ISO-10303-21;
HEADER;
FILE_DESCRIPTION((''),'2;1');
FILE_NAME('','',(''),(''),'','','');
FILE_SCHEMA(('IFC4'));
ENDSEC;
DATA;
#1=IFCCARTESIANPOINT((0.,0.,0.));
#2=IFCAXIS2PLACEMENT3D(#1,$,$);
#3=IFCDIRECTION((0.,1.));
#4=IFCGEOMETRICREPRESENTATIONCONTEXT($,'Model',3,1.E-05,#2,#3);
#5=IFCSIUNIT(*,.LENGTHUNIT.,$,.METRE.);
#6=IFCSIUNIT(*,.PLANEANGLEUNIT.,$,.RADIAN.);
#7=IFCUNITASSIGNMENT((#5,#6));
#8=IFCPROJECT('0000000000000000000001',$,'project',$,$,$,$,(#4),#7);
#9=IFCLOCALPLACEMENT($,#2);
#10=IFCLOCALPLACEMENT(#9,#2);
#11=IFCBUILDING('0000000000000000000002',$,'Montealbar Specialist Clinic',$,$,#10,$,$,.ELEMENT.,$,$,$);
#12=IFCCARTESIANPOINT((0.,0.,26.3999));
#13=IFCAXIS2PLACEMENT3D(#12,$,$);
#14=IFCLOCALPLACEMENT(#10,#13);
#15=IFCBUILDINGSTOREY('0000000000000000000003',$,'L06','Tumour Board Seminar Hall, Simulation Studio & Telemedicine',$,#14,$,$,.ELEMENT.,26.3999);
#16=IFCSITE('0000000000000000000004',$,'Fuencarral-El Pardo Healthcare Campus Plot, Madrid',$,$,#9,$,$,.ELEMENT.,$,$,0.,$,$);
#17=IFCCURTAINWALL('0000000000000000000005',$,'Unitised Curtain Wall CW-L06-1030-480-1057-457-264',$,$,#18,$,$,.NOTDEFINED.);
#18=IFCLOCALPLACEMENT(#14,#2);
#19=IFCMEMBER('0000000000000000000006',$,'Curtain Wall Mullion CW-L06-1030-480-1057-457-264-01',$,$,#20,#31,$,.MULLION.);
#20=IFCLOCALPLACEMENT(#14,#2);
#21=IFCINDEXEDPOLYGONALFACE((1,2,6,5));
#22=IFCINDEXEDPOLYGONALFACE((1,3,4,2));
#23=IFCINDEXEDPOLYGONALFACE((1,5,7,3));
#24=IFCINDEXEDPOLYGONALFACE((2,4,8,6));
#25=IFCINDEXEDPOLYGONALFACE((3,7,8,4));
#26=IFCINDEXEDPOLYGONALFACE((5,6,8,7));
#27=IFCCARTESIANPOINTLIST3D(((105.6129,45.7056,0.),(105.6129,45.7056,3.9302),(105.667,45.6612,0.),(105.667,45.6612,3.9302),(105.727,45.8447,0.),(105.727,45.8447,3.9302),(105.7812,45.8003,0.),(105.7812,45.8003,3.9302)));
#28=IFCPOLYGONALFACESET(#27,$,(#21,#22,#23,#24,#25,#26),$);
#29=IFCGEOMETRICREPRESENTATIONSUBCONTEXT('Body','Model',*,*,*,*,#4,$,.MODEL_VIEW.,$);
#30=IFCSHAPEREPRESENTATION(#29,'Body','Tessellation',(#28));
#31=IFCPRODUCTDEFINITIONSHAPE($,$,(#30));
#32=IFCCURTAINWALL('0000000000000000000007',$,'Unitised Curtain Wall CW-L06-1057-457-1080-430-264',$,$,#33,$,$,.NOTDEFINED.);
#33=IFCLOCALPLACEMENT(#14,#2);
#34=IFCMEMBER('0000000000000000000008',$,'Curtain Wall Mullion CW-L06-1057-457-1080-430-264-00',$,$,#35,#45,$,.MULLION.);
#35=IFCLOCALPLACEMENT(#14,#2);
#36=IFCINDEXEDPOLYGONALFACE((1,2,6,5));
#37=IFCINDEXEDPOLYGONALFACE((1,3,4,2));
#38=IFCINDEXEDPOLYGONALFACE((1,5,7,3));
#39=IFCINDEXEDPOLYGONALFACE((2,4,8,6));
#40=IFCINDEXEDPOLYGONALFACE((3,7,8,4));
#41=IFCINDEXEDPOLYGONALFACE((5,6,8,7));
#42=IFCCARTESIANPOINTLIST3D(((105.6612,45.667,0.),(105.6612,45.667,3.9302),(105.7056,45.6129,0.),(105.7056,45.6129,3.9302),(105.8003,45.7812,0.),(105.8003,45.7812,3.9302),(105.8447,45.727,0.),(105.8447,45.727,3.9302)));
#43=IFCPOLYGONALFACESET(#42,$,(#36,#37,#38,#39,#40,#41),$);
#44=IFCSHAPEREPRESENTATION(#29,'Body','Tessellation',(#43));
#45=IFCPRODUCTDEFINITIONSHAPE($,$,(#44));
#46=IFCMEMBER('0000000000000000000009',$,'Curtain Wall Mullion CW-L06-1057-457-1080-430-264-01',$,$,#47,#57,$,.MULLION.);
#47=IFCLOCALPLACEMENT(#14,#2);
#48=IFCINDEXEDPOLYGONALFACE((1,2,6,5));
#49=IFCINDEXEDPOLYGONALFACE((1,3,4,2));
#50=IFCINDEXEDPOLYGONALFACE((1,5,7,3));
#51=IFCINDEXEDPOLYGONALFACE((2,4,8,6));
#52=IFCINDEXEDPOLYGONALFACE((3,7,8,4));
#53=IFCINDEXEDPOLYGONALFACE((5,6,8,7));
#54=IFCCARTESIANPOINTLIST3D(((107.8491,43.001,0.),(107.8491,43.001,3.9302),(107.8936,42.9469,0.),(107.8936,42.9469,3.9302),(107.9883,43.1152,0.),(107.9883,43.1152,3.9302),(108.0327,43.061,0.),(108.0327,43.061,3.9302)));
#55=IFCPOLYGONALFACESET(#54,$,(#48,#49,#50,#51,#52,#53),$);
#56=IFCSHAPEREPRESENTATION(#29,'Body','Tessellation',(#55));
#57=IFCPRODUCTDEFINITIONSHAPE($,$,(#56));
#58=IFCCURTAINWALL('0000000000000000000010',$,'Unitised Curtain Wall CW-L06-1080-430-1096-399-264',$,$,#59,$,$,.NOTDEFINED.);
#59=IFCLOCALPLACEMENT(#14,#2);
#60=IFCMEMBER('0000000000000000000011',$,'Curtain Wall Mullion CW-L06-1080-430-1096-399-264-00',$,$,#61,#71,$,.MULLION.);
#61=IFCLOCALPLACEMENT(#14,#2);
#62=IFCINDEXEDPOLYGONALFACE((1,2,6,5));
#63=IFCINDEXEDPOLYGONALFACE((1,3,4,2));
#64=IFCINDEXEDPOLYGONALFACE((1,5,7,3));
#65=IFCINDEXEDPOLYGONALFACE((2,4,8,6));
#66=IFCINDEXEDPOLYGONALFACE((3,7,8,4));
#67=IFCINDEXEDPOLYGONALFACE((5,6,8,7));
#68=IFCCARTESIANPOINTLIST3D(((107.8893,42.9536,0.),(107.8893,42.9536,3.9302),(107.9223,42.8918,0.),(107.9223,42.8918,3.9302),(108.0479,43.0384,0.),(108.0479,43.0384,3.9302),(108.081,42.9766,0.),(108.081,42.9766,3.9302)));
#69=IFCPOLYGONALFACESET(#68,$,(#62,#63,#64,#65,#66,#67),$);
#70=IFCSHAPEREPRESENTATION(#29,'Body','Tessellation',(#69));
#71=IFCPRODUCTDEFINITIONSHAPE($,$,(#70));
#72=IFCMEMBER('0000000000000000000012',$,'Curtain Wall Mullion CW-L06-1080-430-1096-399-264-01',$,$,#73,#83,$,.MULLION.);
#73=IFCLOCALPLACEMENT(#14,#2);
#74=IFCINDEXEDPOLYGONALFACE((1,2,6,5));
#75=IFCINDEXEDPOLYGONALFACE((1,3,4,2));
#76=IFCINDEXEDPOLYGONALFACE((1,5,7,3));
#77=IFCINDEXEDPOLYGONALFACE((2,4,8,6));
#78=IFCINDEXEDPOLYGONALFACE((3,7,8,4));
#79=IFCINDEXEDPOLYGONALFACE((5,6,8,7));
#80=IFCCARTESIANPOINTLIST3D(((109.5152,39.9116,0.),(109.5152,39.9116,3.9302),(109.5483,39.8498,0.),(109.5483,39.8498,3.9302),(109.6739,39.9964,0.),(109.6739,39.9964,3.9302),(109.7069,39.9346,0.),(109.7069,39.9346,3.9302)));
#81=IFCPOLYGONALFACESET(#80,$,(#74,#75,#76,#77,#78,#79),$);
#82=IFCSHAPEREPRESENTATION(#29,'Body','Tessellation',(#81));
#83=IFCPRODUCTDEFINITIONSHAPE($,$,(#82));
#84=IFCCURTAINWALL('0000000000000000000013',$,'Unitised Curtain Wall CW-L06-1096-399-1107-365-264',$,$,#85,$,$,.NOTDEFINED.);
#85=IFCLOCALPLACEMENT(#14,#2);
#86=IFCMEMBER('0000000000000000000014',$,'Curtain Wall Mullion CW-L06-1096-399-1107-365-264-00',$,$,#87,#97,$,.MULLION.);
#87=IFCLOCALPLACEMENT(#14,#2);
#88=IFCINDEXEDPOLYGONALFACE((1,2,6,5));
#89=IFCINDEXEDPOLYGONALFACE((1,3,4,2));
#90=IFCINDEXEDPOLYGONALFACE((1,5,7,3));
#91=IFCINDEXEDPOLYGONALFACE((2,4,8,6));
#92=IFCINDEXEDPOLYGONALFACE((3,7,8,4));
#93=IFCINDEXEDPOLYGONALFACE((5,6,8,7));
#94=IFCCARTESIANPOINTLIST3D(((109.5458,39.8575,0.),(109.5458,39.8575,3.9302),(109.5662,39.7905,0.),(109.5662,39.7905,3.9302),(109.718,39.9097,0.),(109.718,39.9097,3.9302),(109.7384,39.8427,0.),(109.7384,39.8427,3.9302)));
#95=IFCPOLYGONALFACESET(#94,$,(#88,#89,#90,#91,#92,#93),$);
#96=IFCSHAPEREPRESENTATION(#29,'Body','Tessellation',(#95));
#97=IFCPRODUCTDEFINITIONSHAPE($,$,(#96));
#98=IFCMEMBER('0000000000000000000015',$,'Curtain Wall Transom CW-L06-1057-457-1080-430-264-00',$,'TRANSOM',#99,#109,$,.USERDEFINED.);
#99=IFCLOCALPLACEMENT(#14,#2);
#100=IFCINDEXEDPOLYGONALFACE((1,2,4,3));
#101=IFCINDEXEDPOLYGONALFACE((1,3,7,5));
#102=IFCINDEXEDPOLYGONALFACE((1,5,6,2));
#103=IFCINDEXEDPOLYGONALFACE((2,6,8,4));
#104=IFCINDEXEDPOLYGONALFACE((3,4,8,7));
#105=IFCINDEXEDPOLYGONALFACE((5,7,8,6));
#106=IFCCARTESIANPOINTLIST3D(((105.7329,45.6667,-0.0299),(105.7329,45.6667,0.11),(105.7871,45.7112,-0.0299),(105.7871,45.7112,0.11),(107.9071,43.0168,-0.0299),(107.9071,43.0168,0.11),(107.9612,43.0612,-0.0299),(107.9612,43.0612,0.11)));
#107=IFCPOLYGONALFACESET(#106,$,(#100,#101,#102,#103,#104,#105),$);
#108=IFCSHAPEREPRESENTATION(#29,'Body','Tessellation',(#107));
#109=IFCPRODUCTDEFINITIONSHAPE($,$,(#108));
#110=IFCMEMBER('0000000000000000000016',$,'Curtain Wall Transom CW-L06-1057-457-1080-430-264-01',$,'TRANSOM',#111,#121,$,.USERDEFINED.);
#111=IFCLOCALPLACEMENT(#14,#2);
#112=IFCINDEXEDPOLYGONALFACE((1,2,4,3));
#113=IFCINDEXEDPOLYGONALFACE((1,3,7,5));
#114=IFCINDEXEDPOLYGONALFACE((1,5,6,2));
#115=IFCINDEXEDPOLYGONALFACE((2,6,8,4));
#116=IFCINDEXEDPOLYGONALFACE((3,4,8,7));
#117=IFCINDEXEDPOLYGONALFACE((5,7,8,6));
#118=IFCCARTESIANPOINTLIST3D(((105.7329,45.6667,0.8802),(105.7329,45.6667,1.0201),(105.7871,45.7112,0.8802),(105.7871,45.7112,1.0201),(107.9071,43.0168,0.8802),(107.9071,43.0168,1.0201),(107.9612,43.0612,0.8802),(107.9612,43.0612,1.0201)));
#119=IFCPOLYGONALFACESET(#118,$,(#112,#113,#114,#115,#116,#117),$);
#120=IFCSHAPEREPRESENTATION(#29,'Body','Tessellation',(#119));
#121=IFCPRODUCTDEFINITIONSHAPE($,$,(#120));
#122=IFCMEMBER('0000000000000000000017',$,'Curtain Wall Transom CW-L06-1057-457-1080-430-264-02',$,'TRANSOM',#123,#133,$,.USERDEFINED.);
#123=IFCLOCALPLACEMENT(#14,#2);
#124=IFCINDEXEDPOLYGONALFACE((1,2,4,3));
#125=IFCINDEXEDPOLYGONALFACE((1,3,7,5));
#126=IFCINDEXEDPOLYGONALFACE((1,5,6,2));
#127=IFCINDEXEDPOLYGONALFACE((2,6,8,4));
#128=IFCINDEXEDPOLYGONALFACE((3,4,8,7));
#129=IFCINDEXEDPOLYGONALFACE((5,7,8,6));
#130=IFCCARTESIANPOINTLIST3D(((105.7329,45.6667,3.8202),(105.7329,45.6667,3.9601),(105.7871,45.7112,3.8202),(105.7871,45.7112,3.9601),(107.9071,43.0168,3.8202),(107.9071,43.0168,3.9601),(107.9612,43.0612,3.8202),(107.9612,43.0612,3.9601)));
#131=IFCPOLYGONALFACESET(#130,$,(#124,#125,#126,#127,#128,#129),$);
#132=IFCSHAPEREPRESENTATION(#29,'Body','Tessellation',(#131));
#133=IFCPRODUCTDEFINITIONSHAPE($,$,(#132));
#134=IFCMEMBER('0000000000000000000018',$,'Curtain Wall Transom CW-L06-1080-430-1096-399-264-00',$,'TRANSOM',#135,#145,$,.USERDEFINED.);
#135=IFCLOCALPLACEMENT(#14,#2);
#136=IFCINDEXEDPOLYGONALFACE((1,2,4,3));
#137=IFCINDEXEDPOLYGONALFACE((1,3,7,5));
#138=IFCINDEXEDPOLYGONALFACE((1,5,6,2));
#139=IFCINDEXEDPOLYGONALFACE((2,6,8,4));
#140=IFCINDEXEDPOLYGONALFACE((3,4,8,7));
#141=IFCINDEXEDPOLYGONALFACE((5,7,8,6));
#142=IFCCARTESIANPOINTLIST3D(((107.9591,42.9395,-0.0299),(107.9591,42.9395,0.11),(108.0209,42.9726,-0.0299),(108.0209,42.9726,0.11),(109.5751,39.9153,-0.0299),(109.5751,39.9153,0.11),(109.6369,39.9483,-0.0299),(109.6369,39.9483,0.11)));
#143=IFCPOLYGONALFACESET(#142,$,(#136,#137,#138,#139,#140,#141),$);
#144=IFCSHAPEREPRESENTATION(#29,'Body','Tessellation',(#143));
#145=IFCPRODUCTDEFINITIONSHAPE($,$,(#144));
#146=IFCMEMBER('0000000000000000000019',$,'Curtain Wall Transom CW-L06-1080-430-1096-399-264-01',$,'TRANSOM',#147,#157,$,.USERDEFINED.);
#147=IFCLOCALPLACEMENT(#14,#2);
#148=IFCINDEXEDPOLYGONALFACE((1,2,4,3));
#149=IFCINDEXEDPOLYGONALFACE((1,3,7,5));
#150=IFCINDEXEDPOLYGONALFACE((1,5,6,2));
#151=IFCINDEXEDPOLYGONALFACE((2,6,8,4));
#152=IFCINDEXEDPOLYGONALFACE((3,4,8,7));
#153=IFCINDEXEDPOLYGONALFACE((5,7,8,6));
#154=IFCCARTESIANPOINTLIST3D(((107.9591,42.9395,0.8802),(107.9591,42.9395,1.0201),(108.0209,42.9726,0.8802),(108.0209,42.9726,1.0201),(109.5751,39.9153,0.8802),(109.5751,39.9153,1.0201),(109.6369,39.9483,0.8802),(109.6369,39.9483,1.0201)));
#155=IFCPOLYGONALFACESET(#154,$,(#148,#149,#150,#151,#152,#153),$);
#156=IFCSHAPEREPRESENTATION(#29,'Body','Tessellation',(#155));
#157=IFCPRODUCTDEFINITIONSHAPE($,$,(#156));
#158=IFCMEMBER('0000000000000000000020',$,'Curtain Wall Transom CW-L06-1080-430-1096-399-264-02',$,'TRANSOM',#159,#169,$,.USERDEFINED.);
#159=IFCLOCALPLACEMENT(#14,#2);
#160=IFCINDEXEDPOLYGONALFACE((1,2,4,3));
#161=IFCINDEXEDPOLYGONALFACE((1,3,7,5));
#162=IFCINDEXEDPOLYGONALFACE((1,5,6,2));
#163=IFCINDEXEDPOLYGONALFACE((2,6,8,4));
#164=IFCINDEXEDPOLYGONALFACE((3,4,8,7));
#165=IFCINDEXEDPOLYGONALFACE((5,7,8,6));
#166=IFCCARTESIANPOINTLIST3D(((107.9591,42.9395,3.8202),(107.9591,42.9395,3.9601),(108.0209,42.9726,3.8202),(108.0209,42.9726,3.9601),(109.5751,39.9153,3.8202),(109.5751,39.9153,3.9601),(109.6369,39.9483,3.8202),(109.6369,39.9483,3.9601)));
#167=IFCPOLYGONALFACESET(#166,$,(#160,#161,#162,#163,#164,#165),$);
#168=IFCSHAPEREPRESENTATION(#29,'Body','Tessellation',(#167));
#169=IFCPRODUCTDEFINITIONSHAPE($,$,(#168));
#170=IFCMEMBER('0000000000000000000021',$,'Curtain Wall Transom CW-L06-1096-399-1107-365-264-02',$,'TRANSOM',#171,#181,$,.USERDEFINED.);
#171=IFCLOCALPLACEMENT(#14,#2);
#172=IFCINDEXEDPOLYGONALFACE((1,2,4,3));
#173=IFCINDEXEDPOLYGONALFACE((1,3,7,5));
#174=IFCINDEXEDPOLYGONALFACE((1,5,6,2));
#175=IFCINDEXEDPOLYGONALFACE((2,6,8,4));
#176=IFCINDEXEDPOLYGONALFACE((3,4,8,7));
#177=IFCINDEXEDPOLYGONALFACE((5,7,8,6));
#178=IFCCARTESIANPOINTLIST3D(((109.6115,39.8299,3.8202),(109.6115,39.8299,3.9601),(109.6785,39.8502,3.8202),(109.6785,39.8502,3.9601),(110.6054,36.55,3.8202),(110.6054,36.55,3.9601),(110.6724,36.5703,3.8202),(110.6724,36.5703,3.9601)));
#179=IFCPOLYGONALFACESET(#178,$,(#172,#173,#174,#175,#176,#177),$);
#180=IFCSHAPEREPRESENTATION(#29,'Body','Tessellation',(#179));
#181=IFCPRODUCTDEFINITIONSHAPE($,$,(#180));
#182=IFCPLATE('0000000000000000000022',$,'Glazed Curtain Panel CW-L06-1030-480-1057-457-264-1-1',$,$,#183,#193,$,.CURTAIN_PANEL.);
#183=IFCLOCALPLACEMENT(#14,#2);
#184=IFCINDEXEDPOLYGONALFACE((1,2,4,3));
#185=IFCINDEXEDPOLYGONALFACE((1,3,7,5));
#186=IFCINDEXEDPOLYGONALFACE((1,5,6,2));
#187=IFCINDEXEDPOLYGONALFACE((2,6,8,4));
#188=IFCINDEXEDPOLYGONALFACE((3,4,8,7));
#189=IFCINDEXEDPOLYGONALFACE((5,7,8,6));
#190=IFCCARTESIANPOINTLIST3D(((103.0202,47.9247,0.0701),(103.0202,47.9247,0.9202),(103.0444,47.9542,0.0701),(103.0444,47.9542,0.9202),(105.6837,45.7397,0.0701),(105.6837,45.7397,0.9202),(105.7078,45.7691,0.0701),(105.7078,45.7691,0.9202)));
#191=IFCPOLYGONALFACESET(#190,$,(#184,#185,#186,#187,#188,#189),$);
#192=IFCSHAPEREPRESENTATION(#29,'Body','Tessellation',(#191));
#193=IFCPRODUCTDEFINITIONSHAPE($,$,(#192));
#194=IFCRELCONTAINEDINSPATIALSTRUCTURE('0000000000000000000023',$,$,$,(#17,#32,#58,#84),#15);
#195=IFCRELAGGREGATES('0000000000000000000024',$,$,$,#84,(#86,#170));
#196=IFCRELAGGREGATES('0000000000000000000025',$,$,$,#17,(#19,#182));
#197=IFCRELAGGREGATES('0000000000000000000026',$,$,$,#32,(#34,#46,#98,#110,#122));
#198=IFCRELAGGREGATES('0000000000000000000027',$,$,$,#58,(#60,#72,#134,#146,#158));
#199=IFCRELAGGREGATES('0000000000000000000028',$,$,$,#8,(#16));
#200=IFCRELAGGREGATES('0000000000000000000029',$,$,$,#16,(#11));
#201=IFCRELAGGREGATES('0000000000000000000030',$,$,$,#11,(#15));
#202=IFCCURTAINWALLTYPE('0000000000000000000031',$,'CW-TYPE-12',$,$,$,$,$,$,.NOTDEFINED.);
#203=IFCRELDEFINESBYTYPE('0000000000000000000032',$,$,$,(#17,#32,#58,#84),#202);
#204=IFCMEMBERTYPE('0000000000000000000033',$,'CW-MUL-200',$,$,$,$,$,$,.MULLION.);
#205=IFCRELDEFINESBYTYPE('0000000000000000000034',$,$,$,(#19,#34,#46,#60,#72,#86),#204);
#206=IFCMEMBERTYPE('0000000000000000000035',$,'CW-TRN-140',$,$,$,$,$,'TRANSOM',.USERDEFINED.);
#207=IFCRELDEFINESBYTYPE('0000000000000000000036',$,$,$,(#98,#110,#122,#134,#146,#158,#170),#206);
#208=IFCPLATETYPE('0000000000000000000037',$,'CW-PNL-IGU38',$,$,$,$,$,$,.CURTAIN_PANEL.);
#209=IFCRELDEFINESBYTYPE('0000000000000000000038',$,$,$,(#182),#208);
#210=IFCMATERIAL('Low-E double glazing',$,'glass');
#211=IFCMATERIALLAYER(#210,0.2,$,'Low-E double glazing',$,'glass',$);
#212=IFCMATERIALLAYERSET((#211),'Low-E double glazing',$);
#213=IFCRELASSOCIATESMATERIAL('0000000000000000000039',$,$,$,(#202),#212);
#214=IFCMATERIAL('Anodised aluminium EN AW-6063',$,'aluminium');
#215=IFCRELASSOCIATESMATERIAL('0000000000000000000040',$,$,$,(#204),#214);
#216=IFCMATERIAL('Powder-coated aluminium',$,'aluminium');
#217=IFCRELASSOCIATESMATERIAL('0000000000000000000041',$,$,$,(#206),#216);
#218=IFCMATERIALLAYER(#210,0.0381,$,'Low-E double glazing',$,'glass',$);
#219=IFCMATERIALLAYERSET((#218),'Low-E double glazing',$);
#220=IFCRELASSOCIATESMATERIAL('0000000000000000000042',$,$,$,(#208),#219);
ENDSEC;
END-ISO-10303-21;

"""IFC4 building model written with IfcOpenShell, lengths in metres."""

from ifc_helpers import new_model, si_unit, direction, frame, origin, origin_2d, place, context, subcontext, project, spatial, rectangle, extrude, material, layer, layer_set, material_profile, profile_set, type_object, element, aggregate, save


model = new_model("IFC4")

# Units and contexts
model_context = context("Model", 3, precision=1e-05, world=origin(), true_north=direction((0.0, 1.0)))
body_context = subcontext(model_context, "Body", "Model", "MODEL_VIEW")
ifc_project = project(units=[si_unit("LENGTHUNIT", "METRE"), si_unit("PLANEANGLEUNIT", "RADIAN")], contexts=[model_context])

# Site, building, storey
site_placement = place(None, origin())
site = spatial("IfcSite", under=ifc_project, at=site_placement, Name="Fuencarral-El Pardo Healthcare Campus Plot, Madrid", CompositionType="ELEMENT", RefElevation=0.0)
building_placement = place(site_placement, origin())
building = spatial("IfcBuilding", under=site, at=building_placement, Name="Montealbar Specialist Clinic", CompositionType="ELEMENT")
storey_placement = place(building_placement, frame((0.0, 0.0, 26.3999)))
storey = spatial("IfcBuildingStorey", under=building, at=storey_placement, Name="L06", Description="Tumour Board Seminar Hall, Simulation Studio & Telemedicine", CompositionType="ELEMENT", Elevation=26.3999)

# Curtain wall, member
ifc_material_1 = material(Name="Low-E double glazing", Category="glass")
ifc_layer_1 = layer(ifc_material_1, 0.2, Name="Low-E double glazing", Category="glass")
ifc_layer_set_1 = layer_set([ifc_layer_1], Name="Low-E double glazing")
curtain_wall_type = type_object("IfcCurtainWallType", Name="CW-TYPE-12", PredefinedType="NOTDEFINED", material=ifc_layer_set_1)
curtain_wall_1_placement = place(storey_placement, origin())
curtain_wall_1 = element("IfcCurtainWall", 1, at=curtain_wall_1_placement, inside=storey, type_object=curtain_wall_type, Name="Unitised Curtain Wall CW-L06-1030-480-1057-457-264", PredefinedType="NOTDEFINED")
ifc_material_2 = material(Name="Anodised aluminium EN AW-6063", Category="aluminium")
ifc_material_profile_1 = material_profile(ifc_material_2, rectangle(XDim=0.0701, YDim=0.1799, at=origin_2d()), Name="ALU 70x180", Category="aluminium")
ifc_profile_set_1 = profile_set([ifc_material_profile_1], Name="Anodised aluminium EN AW-6063")
member_type_1 = type_object("IfcMemberType", Name="CW-MUL-200", PredefinedType="MULLION", material=ifc_profile_set_1)
member_1_placement = place(storey_placement, frame((105.697, 45.7529, 0.0), z_axis=(0.0, 0.0, 1.0), x_axis=(0.773123, -0.634256, 0.0)))
member_1 = element("IfcMember", 2, at=member_1_placement, type_object=member_type_1, Name="Curtain Wall Mullion CW-L06-1030-480-1057-457-264-01", PredefinedType="MULLION", context=body_context, shape_type="SweptSolid", body=[
    extrude(rectangle(XDim=0.0701, YDim=0.1799, at=origin_2d()), origin(), (0.0, 0.0, 1.0), 3.9302),
])

# Curtain walls, members
curtain_wall_2_placement = place(storey_placement, origin())
curtain_wall_2 = element("IfcCurtainWall", 3, at=curtain_wall_2_placement, inside=storey, type_object=curtain_wall_type, Name="Unitised Curtain Wall CW-L06-1057-457-1080-430-264", PredefinedType="NOTDEFINED")
member_2_placement = place(storey_placement, frame((105.7529, 45.697, 0.0), z_axis=(0.0, 0.0, 1.0), x_axis=(0.634256, -0.773123, 0.0)))
member_2 = element("IfcMember", 4, at=member_2_placement, type_object=member_type_1, Name="Curtain Wall Mullion CW-L06-1057-457-1080-430-264-00", PredefinedType="MULLION", context=body_context, shape_type="SweptSolid", body=[
    extrude(rectangle(XDim=0.0701, YDim=0.1799, at=origin_2d()), origin(), (0.0, 0.0, 1.0), 3.9302),
])
member_3_placement = place(storey_placement, frame((107.9409, 43.031, 0.0), z_axis=(0.0, 0.0, 1.0), x_axis=(0.634256, -0.773123, 0.0)))
member_3 = element("IfcMember", 5, at=member_3_placement, type_object=member_type_1, Name="Curtain Wall Mullion CW-L06-1057-457-1080-430-264-01", PredefinedType="MULLION", context=body_context, shape_type="SweptSolid", body=[
    extrude(rectangle(XDim=0.0701, YDim=0.1799, at=origin_2d()), origin(), (0.0, 0.0, 1.0), 3.9302),
])
curtain_wall_3_placement = place(storey_placement, origin())
curtain_wall_3 = element("IfcCurtainWall", 6, at=curtain_wall_3_placement, inside=storey, type_object=curtain_wall_type, Name="Unitised Curtain Wall CW-L06-1080-430-1096-399-264", PredefinedType="NOTDEFINED")
member_4_placement = place(storey_placement, frame((107.9851, 42.9651, 0.0), z_axis=(0.0, 0.0, 1.0), x_axis=(0.471529, -0.88185, 0.0)))
member_4 = element("IfcMember", 7, at=member_4_placement, type_object=member_type_1, Name="Curtain Wall Mullion CW-L06-1080-430-1096-399-264-00", PredefinedType="MULLION", context=body_context, shape_type="SweptSolid", body=[
    extrude(rectangle(XDim=0.0701, YDim=0.1799, at=origin_2d()), origin(), (0.0, 0.0, 1.0), 3.9302),
])
member_5_placement = place(storey_placement, frame((109.6111, 39.9231, 0.0), z_axis=(0.0, 0.0, 1.0), x_axis=(0.471529, -0.88185, 0.0)))
member_5 = element("IfcMember", 8, at=member_5_placement, type_object=member_type_1, Name="Curtain Wall Mullion CW-L06-1080-430-1096-399-264-01", PredefinedType="MULLION", context=body_context, shape_type="SweptSolid", body=[
    extrude(rectangle(XDim=0.0701, YDim=0.1799, at=origin_2d()), origin(), (0.0, 0.0, 1.0), 3.9302),
])

# Curtain wall, member
curtain_wall_4_placement = place(storey_placement, origin())
curtain_wall_4 = element("IfcCurtainWall", 9, at=curtain_wall_4_placement, inside=storey, type_object=curtain_wall_type, Name="Unitised Curtain Wall CW-L06-1096-399-1107-365-264", PredefinedType="NOTDEFINED")
member_6_placement = place(storey_placement, frame((109.6421, 39.8501, 0.0), z_axis=(0.0, 0.0, 1.0), x_axis=(0.290259, -0.956948, 0.0)))
member_6 = element("IfcMember", 10, at=member_6_placement, type_object=member_type_1, Name="Curtain Wall Mullion CW-L06-1096-399-1107-365-264-00", PredefinedType="MULLION", context=body_context, shape_type="SweptSolid", body=[
    extrude(rectangle(XDim=0.0701, YDim=0.1799, at=origin_2d()), origin(), (0.0, 0.0, 1.0), 3.9302),
])

# Members
ifc_material_3 = material(Name="Powder-coated aluminium", Category="aluminium")
ifc_material_profile_2 = material_profile(ifc_material_3, rectangle(XDim=0.0701, YDim=0.1399, at=origin_2d()), Name="ALU 70x140", Category="aluminium")
ifc_profile_set_2 = profile_set([ifc_material_profile_2], Name="Powder-coated aluminium")
member_type_2 = type_object("IfcMemberType", Name="CW-TRN-140", ElementType="TRANSOM", PredefinedType="USERDEFINED", material=ifc_profile_set_2)
member_7_placement = place(storey_placement, frame((105.76, 45.689, 0.04), z_axis=(0.634281, -0.773103, 0.0), x_axis=(0.773103, 0.634281, 0.0)))
member_7 = element("IfcMember", 11, at=member_7_placement, type_object=member_type_2, Name="Curtain Wall Transom CW-L06-1057-457-1080-430-264-00", ObjectType="TRANSOM", PredefinedType="USERDEFINED", context=body_context, shape_type="SweptSolid", body=[
    extrude(rectangle(XDim=0.0701, YDim=0.1399, at=origin_2d()), origin(), (0.0, 0.0, 1.0), 3.4277),
])
member_8_placement = place(storey_placement, frame((105.76, 45.689, 0.9502), z_axis=(0.634281, -0.773103, 0.0), x_axis=(0.773103, 0.634281, 0.0)))
member_8 = element("IfcMember", 12, at=member_8_placement, type_object=member_type_2, Name="Curtain Wall Transom CW-L06-1057-457-1080-430-264-01", ObjectType="TRANSOM", PredefinedType="USERDEFINED", context=body_context, shape_type="SweptSolid", body=[
    extrude(rectangle(XDim=0.0701, YDim=0.1399, at=origin_2d()), origin(), (0.0, 0.0, 1.0), 3.4277),
])
member_9_placement = place(storey_placement, frame((105.76, 45.689, 3.8901), z_axis=(0.634281, -0.773103, 0.0), x_axis=(0.773103, 0.634281, 0.0)))
member_9 = element("IfcMember", 13, at=member_9_placement, type_object=member_type_2, Name="Curtain Wall Transom CW-L06-1057-457-1080-430-264-02", ObjectType="TRANSOM", PredefinedType="USERDEFINED", context=body_context, shape_type="SweptSolid", body=[
    extrude(rectangle(XDim=0.0701, YDim=0.1399, at=origin_2d()), origin(), (0.0, 0.0, 1.0), 3.4277),
])
member_10_placement = place(storey_placement, frame((107.99, 42.9561, 0.04), z_axis=(0.471287, -0.88198, 0.0), x_axis=(0.88198, 0.471287, 0.0)))
member_10 = element("IfcMember", 14, at=member_10_placement, type_object=member_type_2, Name="Curtain Wall Transom CW-L06-1080-430-1096-399-264-00", ObjectType="TRANSOM", PredefinedType="USERDEFINED", context=body_context, shape_type="SweptSolid", body=[
    extrude(rectangle(XDim=0.0701, YDim=0.1399, at=origin_2d()), origin(), (0.0, 0.0, 1.0), 3.429),
])
member_11_placement = place(storey_placement, frame((107.99, 42.9561, 0.9502), z_axis=(0.471287, -0.88198, 0.0), x_axis=(0.88198, 0.471287, 0.0)))
member_11 = element("IfcMember", 15, at=member_11_placement, type_object=member_type_2, Name="Curtain Wall Transom CW-L06-1080-430-1096-399-264-01", ObjectType="TRANSOM", PredefinedType="USERDEFINED", context=body_context, shape_type="SweptSolid", body=[
    extrude(rectangle(XDim=0.0701, YDim=0.1399, at=origin_2d()), origin(), (0.0, 0.0, 1.0), 3.429),
])
member_12_placement = place(storey_placement, frame((107.99, 42.9561, 3.8901), z_axis=(0.471287, -0.88198, 0.0), x_axis=(0.88198, 0.471287, 0.0)))
member_12 = element("IfcMember", 16, at=member_12_placement, type_object=member_type_2, Name="Curtain Wall Transom CW-L06-1080-430-1096-399-264-02", ObjectType="TRANSOM", PredefinedType="USERDEFINED", context=body_context, shape_type="SweptSolid", body=[
    extrude(rectangle(XDim=0.0701, YDim=0.1399, at=origin_2d()), origin(), (0.0, 0.0, 1.0), 3.429),
])
member_13_placement = place(storey_placement, frame((109.645, 39.8401, 3.8901), z_axis=(0.289994, -0.957029, 0.0), x_axis=(0.957029, 0.289994, 0.0)))
member_13 = element("IfcMember", 17, at=member_13_placement, type_object=member_type_2, Name="Curtain Wall Transom CW-L06-1096-399-1107-365-264-02", ObjectType="TRANSOM", PredefinedType="USERDEFINED", context=body_context, shape_type="SweptSolid", body=[
    extrude(rectangle(XDim=0.0701, YDim=0.1399, at=origin_2d()), origin(), (0.0, 0.0, 1.0), 3.4272),
])
aggregate(curtain_wall_4, [member_6, member_13])

# Plate
ifc_layer_2 = layer(ifc_material_1, 0.0381, Name="Low-E double glazing", Category="glass")
ifc_layer_set_2 = layer_set([ifc_layer_2], Name="Low-E double glazing")
plate_type = type_object("IfcPlateType", Name="CW-PNL-IGU38", PredefinedType="CURTAIN_PANEL", material=ifc_layer_set_2)
plate_1_placement = place(storey_placement, frame((104.364, 46.8469, 0.0701), z_axis=(0.0, 0.0, 1.0), x_axis=(0.773123, -0.634256, 0.0)))
plate_1 = element("IfcPlate", 18, at=plate_1_placement, type_object=plate_type, Name="Glazed Curtain Panel CW-L06-1030-480-1057-457-264-1-1", PredefinedType="CURTAIN_PANEL", context=body_context, shape_type="SweptSolid", body=[
    extrude(rectangle(XDim=3.4451, YDim=0.0381, at=origin_2d()), origin(), (0.0, 0.0, 1.0), 0.8501),
])
aggregate(curtain_wall_1, [member_1, plate_1])
aggregate(curtain_wall_2, [member_2, member_3, member_7, member_8, member_9])
aggregate(curtain_wall_3, [member_4, member_5, member_10, member_11, member_12])

save(model, "model.ifc")
